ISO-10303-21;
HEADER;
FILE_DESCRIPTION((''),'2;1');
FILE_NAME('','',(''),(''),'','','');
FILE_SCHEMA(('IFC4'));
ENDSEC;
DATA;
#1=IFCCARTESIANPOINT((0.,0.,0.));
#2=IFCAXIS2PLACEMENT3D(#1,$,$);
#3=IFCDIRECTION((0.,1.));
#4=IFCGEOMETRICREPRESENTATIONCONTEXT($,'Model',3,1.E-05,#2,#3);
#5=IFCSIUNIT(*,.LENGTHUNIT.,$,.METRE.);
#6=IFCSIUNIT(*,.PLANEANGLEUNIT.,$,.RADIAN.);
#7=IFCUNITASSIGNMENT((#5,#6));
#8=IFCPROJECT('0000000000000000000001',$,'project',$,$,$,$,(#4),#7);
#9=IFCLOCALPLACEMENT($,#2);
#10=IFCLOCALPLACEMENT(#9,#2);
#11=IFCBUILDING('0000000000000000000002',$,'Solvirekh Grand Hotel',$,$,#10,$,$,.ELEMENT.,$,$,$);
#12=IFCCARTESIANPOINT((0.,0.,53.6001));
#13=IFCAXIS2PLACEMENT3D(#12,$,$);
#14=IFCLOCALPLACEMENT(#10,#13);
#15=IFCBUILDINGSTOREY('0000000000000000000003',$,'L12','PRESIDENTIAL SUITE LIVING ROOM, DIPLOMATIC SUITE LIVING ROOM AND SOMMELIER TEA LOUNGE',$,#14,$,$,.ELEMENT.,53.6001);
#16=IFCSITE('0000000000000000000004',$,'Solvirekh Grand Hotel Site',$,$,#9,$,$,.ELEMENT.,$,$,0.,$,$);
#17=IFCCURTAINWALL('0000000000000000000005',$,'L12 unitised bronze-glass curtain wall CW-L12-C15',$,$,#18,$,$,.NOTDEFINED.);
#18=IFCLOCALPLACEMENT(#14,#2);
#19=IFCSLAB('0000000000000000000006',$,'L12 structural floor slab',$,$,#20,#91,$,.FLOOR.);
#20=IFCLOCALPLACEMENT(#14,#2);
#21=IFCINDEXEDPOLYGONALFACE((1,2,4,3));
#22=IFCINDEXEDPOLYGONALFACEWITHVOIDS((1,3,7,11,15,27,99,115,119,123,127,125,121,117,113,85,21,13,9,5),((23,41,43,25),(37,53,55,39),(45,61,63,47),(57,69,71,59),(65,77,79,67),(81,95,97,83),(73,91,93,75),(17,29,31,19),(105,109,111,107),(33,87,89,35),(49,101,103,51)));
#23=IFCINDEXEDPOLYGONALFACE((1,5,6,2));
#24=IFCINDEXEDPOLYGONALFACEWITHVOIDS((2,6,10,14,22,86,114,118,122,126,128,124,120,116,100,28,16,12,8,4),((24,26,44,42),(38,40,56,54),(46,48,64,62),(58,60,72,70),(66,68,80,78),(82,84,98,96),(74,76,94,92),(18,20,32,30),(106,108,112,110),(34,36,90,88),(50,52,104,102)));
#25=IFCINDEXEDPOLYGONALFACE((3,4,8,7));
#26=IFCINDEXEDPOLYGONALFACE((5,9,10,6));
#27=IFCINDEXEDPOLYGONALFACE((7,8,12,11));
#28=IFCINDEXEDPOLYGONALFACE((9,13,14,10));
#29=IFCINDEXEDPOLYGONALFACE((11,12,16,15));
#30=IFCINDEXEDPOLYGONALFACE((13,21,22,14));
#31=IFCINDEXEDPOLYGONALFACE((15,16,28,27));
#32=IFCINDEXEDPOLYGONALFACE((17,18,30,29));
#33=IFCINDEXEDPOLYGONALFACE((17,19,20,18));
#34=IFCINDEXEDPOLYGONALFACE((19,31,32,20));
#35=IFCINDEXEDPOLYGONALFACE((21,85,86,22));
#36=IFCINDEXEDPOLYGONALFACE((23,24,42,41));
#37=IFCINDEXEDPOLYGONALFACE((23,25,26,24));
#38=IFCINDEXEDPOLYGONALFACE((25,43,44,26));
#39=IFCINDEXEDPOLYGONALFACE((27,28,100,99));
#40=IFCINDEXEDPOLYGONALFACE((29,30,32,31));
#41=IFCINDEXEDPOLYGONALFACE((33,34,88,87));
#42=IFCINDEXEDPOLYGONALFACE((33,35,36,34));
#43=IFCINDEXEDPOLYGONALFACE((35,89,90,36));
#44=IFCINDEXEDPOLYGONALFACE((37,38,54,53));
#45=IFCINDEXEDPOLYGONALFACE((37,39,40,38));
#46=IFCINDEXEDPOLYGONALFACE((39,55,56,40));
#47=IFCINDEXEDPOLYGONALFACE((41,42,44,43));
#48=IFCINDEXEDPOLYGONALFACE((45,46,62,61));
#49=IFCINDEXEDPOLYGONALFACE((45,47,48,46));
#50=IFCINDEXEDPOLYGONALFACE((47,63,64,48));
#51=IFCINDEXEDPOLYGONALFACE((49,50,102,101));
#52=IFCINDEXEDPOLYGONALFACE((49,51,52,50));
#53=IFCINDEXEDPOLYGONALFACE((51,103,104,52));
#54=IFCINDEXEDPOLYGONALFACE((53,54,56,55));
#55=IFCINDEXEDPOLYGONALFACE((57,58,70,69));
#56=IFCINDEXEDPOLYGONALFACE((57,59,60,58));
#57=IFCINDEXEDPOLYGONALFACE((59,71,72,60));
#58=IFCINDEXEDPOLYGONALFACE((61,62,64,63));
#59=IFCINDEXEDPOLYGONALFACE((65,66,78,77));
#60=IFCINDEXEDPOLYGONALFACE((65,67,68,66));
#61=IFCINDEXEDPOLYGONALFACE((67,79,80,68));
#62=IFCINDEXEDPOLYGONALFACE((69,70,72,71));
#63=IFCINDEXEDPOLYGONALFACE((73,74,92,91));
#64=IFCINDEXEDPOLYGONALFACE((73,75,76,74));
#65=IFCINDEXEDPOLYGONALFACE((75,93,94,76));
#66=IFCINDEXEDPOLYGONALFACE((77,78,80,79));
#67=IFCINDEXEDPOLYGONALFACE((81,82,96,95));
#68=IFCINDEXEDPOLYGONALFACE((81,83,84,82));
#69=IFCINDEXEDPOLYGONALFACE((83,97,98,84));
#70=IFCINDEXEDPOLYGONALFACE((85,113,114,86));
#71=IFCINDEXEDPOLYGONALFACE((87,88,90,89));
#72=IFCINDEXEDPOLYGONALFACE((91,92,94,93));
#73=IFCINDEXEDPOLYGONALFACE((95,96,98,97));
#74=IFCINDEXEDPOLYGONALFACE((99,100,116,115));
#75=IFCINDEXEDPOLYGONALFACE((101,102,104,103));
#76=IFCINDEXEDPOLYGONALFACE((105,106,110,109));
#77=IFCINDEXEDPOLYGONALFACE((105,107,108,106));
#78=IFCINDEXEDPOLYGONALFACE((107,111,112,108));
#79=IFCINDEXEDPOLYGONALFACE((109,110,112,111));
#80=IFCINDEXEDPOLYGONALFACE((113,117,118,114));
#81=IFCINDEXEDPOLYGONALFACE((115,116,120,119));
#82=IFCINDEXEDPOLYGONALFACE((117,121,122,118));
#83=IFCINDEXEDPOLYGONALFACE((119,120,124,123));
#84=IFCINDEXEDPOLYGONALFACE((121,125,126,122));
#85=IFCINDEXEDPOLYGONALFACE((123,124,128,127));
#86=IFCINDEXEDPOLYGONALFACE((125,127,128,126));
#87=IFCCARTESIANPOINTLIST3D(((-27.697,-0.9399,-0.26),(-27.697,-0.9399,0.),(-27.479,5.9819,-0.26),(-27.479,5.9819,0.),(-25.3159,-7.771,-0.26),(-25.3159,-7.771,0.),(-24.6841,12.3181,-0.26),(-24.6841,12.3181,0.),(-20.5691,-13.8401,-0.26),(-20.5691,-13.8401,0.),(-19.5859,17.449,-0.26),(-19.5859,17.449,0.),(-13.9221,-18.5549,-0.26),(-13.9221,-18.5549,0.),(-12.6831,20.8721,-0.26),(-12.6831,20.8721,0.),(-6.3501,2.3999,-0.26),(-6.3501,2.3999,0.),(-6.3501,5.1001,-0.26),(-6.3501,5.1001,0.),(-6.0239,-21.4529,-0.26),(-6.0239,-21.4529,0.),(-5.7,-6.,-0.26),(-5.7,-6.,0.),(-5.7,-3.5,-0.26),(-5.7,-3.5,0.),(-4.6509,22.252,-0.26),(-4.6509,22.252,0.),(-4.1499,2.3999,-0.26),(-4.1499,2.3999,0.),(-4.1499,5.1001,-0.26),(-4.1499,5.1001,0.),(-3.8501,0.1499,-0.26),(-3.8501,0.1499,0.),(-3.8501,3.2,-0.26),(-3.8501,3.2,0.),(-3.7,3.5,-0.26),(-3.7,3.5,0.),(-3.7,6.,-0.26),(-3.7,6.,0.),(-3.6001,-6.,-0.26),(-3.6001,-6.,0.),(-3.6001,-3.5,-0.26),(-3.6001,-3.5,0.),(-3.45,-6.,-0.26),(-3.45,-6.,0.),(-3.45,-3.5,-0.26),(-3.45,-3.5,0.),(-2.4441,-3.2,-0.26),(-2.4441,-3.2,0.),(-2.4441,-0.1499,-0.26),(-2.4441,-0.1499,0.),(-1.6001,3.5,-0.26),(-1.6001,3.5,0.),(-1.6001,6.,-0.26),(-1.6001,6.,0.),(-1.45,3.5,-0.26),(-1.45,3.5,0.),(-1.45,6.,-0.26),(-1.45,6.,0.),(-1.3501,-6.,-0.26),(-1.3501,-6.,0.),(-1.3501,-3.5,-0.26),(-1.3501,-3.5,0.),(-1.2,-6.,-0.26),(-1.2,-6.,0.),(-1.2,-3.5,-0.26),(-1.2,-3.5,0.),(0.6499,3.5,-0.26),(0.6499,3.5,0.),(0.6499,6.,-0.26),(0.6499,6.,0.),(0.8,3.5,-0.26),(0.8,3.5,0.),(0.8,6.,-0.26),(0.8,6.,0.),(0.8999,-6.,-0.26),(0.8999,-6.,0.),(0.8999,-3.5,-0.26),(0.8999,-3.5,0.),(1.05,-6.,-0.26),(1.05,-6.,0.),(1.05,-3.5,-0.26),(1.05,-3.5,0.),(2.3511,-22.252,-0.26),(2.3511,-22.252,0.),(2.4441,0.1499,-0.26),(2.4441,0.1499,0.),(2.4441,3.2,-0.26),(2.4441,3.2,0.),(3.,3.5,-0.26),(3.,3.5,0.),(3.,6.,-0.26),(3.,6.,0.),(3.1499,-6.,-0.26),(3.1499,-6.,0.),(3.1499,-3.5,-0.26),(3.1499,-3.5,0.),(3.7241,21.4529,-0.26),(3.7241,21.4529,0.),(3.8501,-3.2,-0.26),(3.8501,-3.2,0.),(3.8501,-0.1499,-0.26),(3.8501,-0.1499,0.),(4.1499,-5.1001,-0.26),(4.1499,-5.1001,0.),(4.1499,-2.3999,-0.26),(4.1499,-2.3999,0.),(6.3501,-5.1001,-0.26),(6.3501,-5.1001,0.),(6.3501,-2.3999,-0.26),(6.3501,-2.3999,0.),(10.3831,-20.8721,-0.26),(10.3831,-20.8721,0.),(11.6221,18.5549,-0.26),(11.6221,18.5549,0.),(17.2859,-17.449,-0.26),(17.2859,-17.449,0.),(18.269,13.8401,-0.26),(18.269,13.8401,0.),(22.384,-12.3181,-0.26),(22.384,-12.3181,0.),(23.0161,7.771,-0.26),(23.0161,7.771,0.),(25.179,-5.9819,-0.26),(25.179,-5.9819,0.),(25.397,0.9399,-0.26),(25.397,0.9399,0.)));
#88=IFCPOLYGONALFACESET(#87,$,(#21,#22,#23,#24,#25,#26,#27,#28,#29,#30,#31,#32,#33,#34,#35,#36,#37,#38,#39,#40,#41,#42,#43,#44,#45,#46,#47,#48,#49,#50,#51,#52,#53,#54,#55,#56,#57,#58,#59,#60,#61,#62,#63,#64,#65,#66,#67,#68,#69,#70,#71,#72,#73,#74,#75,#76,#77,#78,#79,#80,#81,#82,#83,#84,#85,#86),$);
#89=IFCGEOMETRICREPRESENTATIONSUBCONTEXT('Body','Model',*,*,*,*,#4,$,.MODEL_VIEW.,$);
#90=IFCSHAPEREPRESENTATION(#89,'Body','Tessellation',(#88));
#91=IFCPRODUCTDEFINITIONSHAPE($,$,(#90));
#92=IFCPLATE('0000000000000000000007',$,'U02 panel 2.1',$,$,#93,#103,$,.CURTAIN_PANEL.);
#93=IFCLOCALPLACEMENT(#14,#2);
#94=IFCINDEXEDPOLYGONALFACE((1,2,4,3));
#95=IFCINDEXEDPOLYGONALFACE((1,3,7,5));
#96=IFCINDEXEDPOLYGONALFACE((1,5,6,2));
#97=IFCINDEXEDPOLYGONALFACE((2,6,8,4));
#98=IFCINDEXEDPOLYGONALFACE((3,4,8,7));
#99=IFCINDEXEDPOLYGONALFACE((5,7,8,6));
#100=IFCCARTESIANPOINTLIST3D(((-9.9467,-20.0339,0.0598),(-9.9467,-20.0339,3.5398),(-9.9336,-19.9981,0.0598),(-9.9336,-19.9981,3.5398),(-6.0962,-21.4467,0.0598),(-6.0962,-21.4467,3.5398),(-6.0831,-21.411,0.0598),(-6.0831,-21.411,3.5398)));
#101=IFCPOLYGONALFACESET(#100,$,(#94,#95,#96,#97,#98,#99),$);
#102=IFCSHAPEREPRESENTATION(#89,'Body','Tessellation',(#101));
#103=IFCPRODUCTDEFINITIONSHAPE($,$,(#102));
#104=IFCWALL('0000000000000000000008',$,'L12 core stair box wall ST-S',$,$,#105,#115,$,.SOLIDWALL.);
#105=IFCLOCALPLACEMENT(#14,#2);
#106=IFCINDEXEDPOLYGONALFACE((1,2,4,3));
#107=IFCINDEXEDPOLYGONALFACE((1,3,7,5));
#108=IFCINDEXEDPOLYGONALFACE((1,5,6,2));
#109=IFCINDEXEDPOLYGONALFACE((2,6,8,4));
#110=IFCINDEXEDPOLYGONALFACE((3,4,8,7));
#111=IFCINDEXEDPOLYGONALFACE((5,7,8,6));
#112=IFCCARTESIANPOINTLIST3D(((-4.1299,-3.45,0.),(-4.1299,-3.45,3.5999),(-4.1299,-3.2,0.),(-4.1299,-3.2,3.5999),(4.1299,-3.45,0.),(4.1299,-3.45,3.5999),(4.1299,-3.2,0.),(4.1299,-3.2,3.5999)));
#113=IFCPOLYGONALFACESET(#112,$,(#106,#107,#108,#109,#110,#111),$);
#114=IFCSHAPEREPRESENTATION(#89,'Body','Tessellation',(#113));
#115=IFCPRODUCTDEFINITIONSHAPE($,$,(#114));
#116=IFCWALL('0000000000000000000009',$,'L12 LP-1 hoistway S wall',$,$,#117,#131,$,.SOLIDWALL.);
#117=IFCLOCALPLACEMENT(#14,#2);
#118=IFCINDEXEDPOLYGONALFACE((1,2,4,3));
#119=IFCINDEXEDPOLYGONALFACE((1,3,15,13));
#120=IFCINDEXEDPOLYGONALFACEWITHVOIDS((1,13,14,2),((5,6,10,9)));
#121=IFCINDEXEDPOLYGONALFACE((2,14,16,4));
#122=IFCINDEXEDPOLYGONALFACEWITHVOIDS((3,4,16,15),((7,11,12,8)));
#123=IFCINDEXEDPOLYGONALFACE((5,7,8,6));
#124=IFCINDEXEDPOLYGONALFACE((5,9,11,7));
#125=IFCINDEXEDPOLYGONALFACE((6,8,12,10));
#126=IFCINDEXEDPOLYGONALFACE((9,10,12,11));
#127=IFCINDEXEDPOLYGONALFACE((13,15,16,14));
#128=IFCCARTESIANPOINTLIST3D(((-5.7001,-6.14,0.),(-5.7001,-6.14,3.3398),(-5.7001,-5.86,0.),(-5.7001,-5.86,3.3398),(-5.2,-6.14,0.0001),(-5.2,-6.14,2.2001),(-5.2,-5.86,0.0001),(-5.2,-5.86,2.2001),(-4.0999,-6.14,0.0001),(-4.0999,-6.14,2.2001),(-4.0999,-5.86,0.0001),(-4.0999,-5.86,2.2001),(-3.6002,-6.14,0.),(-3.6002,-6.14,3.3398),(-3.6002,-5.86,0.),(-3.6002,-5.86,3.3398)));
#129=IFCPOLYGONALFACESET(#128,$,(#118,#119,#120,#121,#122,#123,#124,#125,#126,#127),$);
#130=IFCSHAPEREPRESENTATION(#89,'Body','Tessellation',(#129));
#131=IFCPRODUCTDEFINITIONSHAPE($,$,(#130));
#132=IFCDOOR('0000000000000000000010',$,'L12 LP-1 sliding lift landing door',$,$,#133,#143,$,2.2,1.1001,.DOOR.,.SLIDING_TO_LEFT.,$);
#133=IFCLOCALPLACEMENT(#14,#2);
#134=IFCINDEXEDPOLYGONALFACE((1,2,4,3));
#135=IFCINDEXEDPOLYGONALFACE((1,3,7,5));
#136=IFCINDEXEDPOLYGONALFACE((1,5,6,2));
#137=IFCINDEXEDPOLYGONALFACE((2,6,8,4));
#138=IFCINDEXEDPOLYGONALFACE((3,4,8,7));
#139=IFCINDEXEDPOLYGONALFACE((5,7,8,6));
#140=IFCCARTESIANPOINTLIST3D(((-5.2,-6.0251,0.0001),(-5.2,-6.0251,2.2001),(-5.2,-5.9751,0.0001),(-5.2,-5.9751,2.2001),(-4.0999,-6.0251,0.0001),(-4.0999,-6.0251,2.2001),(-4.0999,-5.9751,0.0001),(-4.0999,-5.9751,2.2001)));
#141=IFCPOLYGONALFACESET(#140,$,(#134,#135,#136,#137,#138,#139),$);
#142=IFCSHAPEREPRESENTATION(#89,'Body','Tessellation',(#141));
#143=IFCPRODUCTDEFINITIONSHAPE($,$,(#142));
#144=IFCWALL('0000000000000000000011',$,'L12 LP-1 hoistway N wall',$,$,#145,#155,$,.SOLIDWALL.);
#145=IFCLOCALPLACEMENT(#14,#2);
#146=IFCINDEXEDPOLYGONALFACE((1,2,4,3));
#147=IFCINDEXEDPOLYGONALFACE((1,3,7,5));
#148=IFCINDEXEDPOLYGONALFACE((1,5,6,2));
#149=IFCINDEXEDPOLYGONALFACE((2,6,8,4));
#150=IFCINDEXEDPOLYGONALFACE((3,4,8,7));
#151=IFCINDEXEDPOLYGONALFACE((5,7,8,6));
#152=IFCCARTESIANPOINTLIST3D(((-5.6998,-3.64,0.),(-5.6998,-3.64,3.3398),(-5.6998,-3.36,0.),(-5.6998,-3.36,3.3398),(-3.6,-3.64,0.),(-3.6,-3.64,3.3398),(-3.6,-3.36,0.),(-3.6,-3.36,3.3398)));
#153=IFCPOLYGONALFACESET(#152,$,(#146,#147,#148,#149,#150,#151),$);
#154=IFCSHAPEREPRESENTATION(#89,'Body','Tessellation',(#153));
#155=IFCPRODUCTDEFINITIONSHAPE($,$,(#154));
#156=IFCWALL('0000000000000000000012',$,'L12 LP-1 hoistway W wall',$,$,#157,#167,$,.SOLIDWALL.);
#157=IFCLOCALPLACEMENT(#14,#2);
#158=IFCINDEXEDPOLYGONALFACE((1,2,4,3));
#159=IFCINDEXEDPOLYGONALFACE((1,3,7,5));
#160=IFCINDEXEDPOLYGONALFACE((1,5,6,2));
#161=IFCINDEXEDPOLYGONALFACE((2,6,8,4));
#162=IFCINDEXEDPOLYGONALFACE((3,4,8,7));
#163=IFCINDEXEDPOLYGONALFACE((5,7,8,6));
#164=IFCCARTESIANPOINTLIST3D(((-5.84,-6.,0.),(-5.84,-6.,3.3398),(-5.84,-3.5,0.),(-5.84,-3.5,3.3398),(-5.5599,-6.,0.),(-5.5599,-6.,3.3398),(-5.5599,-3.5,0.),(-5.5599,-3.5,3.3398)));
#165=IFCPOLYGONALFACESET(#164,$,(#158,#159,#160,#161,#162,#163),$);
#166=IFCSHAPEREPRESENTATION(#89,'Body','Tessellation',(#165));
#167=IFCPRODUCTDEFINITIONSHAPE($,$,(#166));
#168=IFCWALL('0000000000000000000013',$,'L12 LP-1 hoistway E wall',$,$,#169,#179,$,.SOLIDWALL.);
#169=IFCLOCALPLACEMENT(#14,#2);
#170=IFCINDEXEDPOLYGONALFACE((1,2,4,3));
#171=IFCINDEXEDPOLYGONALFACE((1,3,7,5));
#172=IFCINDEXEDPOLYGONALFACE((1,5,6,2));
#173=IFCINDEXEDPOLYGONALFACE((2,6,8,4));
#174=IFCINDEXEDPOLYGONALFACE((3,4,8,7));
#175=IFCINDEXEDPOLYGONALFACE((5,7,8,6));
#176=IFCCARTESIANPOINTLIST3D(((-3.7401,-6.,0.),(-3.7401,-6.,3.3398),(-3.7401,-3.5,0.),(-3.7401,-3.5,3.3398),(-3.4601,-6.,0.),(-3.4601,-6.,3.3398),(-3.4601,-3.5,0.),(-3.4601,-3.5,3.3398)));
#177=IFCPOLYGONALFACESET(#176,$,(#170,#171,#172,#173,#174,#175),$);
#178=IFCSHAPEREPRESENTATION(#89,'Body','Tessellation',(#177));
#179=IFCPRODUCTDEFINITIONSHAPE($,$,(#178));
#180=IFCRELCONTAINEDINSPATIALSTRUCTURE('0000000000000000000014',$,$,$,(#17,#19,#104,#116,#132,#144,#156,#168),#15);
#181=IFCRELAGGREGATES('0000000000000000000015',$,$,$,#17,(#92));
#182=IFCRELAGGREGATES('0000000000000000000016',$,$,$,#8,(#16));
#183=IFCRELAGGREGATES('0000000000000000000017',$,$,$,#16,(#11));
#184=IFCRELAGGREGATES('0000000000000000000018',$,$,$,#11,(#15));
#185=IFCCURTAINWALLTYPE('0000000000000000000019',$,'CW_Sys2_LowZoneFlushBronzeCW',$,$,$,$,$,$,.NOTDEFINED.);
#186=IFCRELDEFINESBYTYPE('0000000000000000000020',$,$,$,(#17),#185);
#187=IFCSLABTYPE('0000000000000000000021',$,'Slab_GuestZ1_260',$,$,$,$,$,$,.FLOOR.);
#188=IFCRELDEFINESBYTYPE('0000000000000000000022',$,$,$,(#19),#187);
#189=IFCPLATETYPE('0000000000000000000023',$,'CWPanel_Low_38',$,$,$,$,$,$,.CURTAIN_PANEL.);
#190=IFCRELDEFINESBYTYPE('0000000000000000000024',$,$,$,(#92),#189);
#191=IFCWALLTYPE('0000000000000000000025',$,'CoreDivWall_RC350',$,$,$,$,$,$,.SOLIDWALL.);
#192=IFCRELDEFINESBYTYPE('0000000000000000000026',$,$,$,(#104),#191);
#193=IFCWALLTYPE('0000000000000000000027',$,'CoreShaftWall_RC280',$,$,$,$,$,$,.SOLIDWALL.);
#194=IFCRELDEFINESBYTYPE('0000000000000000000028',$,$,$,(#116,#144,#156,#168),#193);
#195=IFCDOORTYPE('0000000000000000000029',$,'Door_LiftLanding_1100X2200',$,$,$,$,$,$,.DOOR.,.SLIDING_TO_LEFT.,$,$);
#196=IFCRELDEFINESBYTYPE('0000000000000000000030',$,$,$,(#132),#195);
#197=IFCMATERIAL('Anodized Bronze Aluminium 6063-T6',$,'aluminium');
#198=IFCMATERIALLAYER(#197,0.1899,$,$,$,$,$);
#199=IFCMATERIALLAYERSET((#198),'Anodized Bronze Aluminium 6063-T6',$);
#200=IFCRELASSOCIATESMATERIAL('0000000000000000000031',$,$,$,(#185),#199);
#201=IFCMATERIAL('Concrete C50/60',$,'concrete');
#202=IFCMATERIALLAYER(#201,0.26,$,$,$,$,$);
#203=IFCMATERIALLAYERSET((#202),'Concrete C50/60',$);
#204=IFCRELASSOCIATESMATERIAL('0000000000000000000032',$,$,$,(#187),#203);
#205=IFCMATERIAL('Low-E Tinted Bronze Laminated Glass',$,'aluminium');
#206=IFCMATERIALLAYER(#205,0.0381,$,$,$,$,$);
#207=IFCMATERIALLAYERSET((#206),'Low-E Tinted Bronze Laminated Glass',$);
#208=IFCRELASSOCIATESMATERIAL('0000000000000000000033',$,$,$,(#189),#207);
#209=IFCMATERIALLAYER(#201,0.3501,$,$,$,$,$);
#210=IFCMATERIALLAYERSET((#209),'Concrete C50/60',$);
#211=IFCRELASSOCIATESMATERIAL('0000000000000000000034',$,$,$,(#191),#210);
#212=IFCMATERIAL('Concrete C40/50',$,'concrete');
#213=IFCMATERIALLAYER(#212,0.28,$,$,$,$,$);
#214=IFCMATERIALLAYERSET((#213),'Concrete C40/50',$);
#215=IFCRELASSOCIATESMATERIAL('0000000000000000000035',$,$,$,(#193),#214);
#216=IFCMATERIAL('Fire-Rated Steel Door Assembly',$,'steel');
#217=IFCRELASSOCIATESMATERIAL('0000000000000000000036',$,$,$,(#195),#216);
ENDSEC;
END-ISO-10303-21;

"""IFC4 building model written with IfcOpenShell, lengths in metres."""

from ifc_helpers import new_model, si_unit, direction, frame, frame_2d, origin, origin_2d, place, context, subcontext, project, spatial, polyline, rectangle, outline, extrude, source, transform, mapped, material, layer, layer_set, type_object, element, fill, aggregate, save


model = new_model("IFC4")

# Units and contexts
model_context = context("Model", 3, precision=1e-05, world=origin(), true_north=direction((0.0, 1.0)))
body_context = subcontext(model_context, "Body", "Model", "MODEL_VIEW")
ifc_project = project(units=[si_unit("LENGTHUNIT", "METRE"), si_unit("PLANEANGLEUNIT", "RADIAN")], contexts=[model_context])

# Site, building, storey
site_placement = place(None, origin())
site = spatial("IfcSite", under=ifc_project, at=site_placement, Name="Solvirekh Grand Hotel Site", CompositionType="ELEMENT", RefElevation=0.0)
building_placement = place(site_placement, origin())
building = spatial("IfcBuilding", under=site, at=building_placement, Name="Solvirekh Grand Hotel", CompositionType="ELEMENT")
storey_placement = place(building_placement, frame((0.0, 0.0, 53.6001)))
storey = spatial("IfcBuildingStorey", under=building, at=storey_placement, Name="L12", Description="PRESIDENTIAL SUITE LIVING ROOM, DIPLOMATIC SUITE LIVING ROOM AND SOMMELIER TEA LOUNGE", CompositionType="ELEMENT", Elevation=53.6001)

# Shared definitions
ifc_material_1 = material(Name="Concrete C50/60", Category="concrete")

# Curtain wall
ifc_material_2 = material(Name="Anodized Bronze Aluminium 6063-T6", Category="aluminium")
ifc_layer_1 = layer(ifc_material_2, 0.1899)
ifc_layer_set_1 = layer_set([ifc_layer_1], Name="Anodized Bronze Aluminium 6063-T6")
curtain_wall_type = type_object("IfcCurtainWallType", Name="CW_Sys2_LowZoneFlushBronzeCW", PredefinedType="NOTDEFINED", material=ifc_layer_set_1)
curtain_wall_placement = place(storey_placement, origin())
curtain_wall = element("IfcCurtainWall", 1, at=curtain_wall_placement, inside=storey, type_object=curtain_wall_type, Name="L12 unitised bronze-glass curtain wall CW-L12-C15", PredefinedType="NOTDEFINED")

# Slab
ifc_layer_2 = layer(ifc_material_1, 0.26)
ifc_layer_set_2 = layer_set([ifc_layer_2], Name="Concrete C50/60")
slab_type = type_object("IfcSlabType", Name="Slab_GuestZ1_260", PredefinedType="FLOOR", material=ifc_layer_set_2)
slab_placement = place(storey_placement, frame((0.0, 0.0, -0.26)))
element("IfcSlab", 2, at=slab_placement, inside=storey, type_object=slab_type, Name="L12 structural floor slab", PredefinedType="FLOOR", context=body_context, shape_type="SweptSolid", body=[
    extrude(outline(polyline([(25.179, -5.9819), (25.397, 0.9399), (23.0161, 7.771), (18.269, 13.8401), (11.6221, 18.5549), (3.7241, 21.4529), (-4.6509, 22.252), (-12.6831, 20.8721), (-19.5859, 17.449), (-24.6841, 12.3181), (-27.479, 5.9819), (-27.697, -0.9399), (-25.3159, -7.771), (-20.5691, -13.8401), (-13.9221, -18.5549), (-6.0239, -21.4529), (2.3511, -22.252), (10.3831, -20.8721), (17.2859, -17.449), (22.384, -12.3181), (25.179, -5.9819)]), holes=[polyline([(-2.4441, -0.1499), (3.8501, -0.1499), (3.8501, -3.2), (-2.4441, -3.2), (-2.4441, -0.1499)]), polyline([(2.4441, 0.1499), (-3.8501, 0.1499), (-3.8501, 3.2), (2.4441, 3.2), (2.4441, 0.1499)]), polyline([(-5.7, -3.5), (-3.6001, -3.5), (-3.6001, -6.0), (-5.7, -6.0), (-5.7, -3.5)]), polyline([(-3.45, -3.5), (-1.3501, -3.5), (-1.3501, -6.0), (-3.45, -6.0), (-3.45, -3.5)]), polyline([(-1.2, -3.5), (0.8999, -3.5), (0.8999, -6.0), (-1.2, -6.0), (-1.2, -3.5)]), polyline([(1.05, -3.5), (3.1499, -3.5), (3.1499, -6.0), (1.05, -6.0), (1.05, -3.5)]), polyline([(-3.7, 6.0), (-1.6001, 6.0), (-1.6001, 3.5), (-3.7, 3.5), (-3.7, 6.0)]), polyline([(-1.45, 6.0), (0.6499, 6.0), (0.6499, 3.5), (-1.45, 3.5), (-1.45, 6.0)]), polyline([(0.8, 6.0), (3.0, 6.0), (3.0, 3.5), (0.8, 3.5), (0.8, 6.0)]), polyline([(-6.3501, 5.1001), (-4.1499, 5.1001), (-4.1499, 2.3999), (-6.3501, 2.3999), (-6.3501, 5.1001)]), polyline([(4.1499, -2.3999), (6.3501, -2.3999), (6.3501, -5.1001), (4.1499, -5.1001), (4.1499, -2.3999)])]), origin(), (0.0, 0.0, 1.0), 0.26),
])

# Plate
ifc_material_3 = material(Name="Low-E Tinted Bronze Laminated Glass", Category="aluminium")
ifc_layer_3 = layer(ifc_material_3, 0.0381)
ifc_layer_set_3 = layer_set([ifc_layer_3], Name="Low-E Tinted Bronze Laminated Glass")
plate_type = type_object("IfcPlateType", Name="CWPanel_Low_38", PredefinedType="CURTAIN_PANEL", material=ifc_layer_set_3)
shared_shape_1 = source(origin(), body_context, "Body", "SweptSolid", [
    extrude(rectangle(XDim=4.1016, YDim=0.0381, at=origin_2d()), origin(), (0.0, 0.0, 1.0), 3.48),
])
plate_placement = place(storey_placement, frame((-8.0149, -20.7224, 0.0598), z_axis=(0.0, 0.0, 1.0), x_axis=(0.938797, -0.344471, 0.0)))
plate = element("IfcPlate", 3, at=plate_placement, type_object=plate_type, Name="U02 panel 2.1", PredefinedType="CURTAIN_PANEL", context=body_context, shape_type="MappedRepresentation", body=[
    mapped(shared_shape_1, transform((0.0, 0.0, 0.0), x_axis=(1.0, 0.0, 0.0), y_axis=(0.0, 1.0, 0.0), z_axis=(0.0, 0.0, 1.0), scale=1.0)),
])
aggregate(curtain_wall, [plate])

# Wall
ifc_layer_4 = layer(ifc_material_1, 0.3501)
ifc_layer_set_4 = layer_set([ifc_layer_4], Name="Concrete C50/60")
wall_type_1 = type_object("IfcWallType", Name="CoreDivWall_RC350", PredefinedType="SOLIDWALL", material=ifc_layer_set_4)
wall_1_placement = place(storey_placement, frame((-4.1299, -3.325, 0.0), z_axis=(0.0, 0.0, 1.0), x_axis=(1.0, 0.0, 0.0)))
element("IfcWall", 4, at=wall_1_placement, inside=storey, type_object=wall_type_1, Name="L12 core stair box wall ST-S", PredefinedType="SOLIDWALL", context=body_context, shape_type="SweptSolid", body=[
    extrude(rectangle(XDim=8.2598, YDim=0.25, at=frame_2d((4.1299, 0.0))), origin(), (0.0, 0.0, 1.0), 3.5999),
])

# Wall, opening, door
ifc_material_4 = material(Name="Concrete C40/50", Category="concrete")
ifc_layer_5 = layer(ifc_material_4, 0.28)
ifc_layer_set_5 = layer_set([ifc_layer_5], Name="Concrete C40/50")
wall_type_2 = type_object("IfcWallType", Name="CoreShaftWall_RC280", PredefinedType="SOLIDWALL", material=ifc_layer_set_5)
wall_2_placement = place(storey_placement, frame((-5.7, -6.0, 0.0), z_axis=(0.0, 0.0, 1.0), x_axis=(1.0, 0.0, 0.0)))
wall_2 = element("IfcWall", 5, at=wall_2_placement, inside=storey, type_object=wall_type_2, Name="L12 LP-1 hoistway S wall", PredefinedType="SOLIDWALL", context=body_context, shape_type="SweptSolid", body=[
    extrude(rectangle(XDim=2.0999, YDim=0.28, at=frame_2d((1.0498, 0.0))), origin(), (0.0, 0.0, 1.0), 3.3398),
])
opening_1_placement = place(wall_2_placement, frame((0.5, 0.0, 0.0)))
opening_1 = element("IfcOpeningElement", 6, at=opening_1_placement, cuts=wall_2, PredefinedType="OPENING", context=body_context, shape_type="SweptSolid", body=[
    extrude(rectangle(XDim=1.1001, YDim=2.2, at=frame_2d((0.55, 1.1001))), frame((0.0, 0.1499, 0.0), z_axis=(0.0, -1.0, 0.0), x_axis=(1.0, 0.0, 0.0)), (0.0, 0.0, 1.0), 0.3),
])
ifc_material_5 = material(Name="Fire-Rated Steel Door Assembly", Category="steel")
door_type_1 = type_object("IfcDoorType", Name="Door_LiftLanding_1100X2200", OperationType="SLIDING_TO_LEFT", PredefinedType="DOOR", material=ifc_material_5)
door_1_placement = place(opening_1_placement, origin())
door_1 = element("IfcDoor", 7, at=door_1_placement, inside=storey, type_object=door_type_1, Name="L12 LP-1 sliding lift landing door", OperationType="SLIDING_TO_LEFT", OverallHeight=2.2, OverallWidth=1.1001, PredefinedType="DOOR", context=body_context, shape_type="SweptSolid", body=[
    extrude(rectangle(XDim=1.1001, YDim=2.2, at=frame_2d((0.55, 1.1001))), frame((0.0, 0.0249, 0.0), z_axis=(0.0, -1.0, 0.0), x_axis=(1.0, 0.0, 0.0)), (0.0, 0.0, 1.0), 0.05),
])
fill(opening_1, door_1)

# Walls
wall_3_placement = place(storey_placement, frame((-3.6001, -3.5, 0.0), z_axis=(0.0, 0.0, 1.0), x_axis=(-1.0, 0.0, 0.0)))
element("IfcWall", 8, at=wall_3_placement, inside=storey, type_object=wall_type_2, Name="L12 LP-1 hoistway N wall", PredefinedType="SOLIDWALL", context=body_context, shape_type="SweptSolid", body=[
    extrude(rectangle(XDim=2.0999, YDim=0.28, at=frame_2d((1.0498, 0.0))), origin(), (0.0, 0.0, 1.0), 3.3398),
])
for number, where, z_axis, x_axis, name in (
    (9, (-5.7, -3.5, 0.0), (0.0, 0.0, 1.0), (0.0, -1.0, 0.0), "L12 LP-1 hoistway W wall"),
    (10, (-3.6001, -6.0, 0.0), (0.0, 0.0, 1.0), (0.0, 1.0, 0.0), "L12 LP-1 hoistway E wall"),
):
    element("IfcWall", number, at=place(storey_placement, frame(where, z_axis=z_axis, x_axis=x_axis)), inside=storey, type_object=wall_type_2, Name=name, PredefinedType="SOLIDWALL", context=body_context, shape_type="SweptSolid", body=[
        extrude(rectangle(XDim=2.5, YDim=0.28, at=frame_2d((1.25, 0.0))), origin(), (0.0, 0.0, 1.0), 3.3398),
    ])

save(model, "model.ifc")
